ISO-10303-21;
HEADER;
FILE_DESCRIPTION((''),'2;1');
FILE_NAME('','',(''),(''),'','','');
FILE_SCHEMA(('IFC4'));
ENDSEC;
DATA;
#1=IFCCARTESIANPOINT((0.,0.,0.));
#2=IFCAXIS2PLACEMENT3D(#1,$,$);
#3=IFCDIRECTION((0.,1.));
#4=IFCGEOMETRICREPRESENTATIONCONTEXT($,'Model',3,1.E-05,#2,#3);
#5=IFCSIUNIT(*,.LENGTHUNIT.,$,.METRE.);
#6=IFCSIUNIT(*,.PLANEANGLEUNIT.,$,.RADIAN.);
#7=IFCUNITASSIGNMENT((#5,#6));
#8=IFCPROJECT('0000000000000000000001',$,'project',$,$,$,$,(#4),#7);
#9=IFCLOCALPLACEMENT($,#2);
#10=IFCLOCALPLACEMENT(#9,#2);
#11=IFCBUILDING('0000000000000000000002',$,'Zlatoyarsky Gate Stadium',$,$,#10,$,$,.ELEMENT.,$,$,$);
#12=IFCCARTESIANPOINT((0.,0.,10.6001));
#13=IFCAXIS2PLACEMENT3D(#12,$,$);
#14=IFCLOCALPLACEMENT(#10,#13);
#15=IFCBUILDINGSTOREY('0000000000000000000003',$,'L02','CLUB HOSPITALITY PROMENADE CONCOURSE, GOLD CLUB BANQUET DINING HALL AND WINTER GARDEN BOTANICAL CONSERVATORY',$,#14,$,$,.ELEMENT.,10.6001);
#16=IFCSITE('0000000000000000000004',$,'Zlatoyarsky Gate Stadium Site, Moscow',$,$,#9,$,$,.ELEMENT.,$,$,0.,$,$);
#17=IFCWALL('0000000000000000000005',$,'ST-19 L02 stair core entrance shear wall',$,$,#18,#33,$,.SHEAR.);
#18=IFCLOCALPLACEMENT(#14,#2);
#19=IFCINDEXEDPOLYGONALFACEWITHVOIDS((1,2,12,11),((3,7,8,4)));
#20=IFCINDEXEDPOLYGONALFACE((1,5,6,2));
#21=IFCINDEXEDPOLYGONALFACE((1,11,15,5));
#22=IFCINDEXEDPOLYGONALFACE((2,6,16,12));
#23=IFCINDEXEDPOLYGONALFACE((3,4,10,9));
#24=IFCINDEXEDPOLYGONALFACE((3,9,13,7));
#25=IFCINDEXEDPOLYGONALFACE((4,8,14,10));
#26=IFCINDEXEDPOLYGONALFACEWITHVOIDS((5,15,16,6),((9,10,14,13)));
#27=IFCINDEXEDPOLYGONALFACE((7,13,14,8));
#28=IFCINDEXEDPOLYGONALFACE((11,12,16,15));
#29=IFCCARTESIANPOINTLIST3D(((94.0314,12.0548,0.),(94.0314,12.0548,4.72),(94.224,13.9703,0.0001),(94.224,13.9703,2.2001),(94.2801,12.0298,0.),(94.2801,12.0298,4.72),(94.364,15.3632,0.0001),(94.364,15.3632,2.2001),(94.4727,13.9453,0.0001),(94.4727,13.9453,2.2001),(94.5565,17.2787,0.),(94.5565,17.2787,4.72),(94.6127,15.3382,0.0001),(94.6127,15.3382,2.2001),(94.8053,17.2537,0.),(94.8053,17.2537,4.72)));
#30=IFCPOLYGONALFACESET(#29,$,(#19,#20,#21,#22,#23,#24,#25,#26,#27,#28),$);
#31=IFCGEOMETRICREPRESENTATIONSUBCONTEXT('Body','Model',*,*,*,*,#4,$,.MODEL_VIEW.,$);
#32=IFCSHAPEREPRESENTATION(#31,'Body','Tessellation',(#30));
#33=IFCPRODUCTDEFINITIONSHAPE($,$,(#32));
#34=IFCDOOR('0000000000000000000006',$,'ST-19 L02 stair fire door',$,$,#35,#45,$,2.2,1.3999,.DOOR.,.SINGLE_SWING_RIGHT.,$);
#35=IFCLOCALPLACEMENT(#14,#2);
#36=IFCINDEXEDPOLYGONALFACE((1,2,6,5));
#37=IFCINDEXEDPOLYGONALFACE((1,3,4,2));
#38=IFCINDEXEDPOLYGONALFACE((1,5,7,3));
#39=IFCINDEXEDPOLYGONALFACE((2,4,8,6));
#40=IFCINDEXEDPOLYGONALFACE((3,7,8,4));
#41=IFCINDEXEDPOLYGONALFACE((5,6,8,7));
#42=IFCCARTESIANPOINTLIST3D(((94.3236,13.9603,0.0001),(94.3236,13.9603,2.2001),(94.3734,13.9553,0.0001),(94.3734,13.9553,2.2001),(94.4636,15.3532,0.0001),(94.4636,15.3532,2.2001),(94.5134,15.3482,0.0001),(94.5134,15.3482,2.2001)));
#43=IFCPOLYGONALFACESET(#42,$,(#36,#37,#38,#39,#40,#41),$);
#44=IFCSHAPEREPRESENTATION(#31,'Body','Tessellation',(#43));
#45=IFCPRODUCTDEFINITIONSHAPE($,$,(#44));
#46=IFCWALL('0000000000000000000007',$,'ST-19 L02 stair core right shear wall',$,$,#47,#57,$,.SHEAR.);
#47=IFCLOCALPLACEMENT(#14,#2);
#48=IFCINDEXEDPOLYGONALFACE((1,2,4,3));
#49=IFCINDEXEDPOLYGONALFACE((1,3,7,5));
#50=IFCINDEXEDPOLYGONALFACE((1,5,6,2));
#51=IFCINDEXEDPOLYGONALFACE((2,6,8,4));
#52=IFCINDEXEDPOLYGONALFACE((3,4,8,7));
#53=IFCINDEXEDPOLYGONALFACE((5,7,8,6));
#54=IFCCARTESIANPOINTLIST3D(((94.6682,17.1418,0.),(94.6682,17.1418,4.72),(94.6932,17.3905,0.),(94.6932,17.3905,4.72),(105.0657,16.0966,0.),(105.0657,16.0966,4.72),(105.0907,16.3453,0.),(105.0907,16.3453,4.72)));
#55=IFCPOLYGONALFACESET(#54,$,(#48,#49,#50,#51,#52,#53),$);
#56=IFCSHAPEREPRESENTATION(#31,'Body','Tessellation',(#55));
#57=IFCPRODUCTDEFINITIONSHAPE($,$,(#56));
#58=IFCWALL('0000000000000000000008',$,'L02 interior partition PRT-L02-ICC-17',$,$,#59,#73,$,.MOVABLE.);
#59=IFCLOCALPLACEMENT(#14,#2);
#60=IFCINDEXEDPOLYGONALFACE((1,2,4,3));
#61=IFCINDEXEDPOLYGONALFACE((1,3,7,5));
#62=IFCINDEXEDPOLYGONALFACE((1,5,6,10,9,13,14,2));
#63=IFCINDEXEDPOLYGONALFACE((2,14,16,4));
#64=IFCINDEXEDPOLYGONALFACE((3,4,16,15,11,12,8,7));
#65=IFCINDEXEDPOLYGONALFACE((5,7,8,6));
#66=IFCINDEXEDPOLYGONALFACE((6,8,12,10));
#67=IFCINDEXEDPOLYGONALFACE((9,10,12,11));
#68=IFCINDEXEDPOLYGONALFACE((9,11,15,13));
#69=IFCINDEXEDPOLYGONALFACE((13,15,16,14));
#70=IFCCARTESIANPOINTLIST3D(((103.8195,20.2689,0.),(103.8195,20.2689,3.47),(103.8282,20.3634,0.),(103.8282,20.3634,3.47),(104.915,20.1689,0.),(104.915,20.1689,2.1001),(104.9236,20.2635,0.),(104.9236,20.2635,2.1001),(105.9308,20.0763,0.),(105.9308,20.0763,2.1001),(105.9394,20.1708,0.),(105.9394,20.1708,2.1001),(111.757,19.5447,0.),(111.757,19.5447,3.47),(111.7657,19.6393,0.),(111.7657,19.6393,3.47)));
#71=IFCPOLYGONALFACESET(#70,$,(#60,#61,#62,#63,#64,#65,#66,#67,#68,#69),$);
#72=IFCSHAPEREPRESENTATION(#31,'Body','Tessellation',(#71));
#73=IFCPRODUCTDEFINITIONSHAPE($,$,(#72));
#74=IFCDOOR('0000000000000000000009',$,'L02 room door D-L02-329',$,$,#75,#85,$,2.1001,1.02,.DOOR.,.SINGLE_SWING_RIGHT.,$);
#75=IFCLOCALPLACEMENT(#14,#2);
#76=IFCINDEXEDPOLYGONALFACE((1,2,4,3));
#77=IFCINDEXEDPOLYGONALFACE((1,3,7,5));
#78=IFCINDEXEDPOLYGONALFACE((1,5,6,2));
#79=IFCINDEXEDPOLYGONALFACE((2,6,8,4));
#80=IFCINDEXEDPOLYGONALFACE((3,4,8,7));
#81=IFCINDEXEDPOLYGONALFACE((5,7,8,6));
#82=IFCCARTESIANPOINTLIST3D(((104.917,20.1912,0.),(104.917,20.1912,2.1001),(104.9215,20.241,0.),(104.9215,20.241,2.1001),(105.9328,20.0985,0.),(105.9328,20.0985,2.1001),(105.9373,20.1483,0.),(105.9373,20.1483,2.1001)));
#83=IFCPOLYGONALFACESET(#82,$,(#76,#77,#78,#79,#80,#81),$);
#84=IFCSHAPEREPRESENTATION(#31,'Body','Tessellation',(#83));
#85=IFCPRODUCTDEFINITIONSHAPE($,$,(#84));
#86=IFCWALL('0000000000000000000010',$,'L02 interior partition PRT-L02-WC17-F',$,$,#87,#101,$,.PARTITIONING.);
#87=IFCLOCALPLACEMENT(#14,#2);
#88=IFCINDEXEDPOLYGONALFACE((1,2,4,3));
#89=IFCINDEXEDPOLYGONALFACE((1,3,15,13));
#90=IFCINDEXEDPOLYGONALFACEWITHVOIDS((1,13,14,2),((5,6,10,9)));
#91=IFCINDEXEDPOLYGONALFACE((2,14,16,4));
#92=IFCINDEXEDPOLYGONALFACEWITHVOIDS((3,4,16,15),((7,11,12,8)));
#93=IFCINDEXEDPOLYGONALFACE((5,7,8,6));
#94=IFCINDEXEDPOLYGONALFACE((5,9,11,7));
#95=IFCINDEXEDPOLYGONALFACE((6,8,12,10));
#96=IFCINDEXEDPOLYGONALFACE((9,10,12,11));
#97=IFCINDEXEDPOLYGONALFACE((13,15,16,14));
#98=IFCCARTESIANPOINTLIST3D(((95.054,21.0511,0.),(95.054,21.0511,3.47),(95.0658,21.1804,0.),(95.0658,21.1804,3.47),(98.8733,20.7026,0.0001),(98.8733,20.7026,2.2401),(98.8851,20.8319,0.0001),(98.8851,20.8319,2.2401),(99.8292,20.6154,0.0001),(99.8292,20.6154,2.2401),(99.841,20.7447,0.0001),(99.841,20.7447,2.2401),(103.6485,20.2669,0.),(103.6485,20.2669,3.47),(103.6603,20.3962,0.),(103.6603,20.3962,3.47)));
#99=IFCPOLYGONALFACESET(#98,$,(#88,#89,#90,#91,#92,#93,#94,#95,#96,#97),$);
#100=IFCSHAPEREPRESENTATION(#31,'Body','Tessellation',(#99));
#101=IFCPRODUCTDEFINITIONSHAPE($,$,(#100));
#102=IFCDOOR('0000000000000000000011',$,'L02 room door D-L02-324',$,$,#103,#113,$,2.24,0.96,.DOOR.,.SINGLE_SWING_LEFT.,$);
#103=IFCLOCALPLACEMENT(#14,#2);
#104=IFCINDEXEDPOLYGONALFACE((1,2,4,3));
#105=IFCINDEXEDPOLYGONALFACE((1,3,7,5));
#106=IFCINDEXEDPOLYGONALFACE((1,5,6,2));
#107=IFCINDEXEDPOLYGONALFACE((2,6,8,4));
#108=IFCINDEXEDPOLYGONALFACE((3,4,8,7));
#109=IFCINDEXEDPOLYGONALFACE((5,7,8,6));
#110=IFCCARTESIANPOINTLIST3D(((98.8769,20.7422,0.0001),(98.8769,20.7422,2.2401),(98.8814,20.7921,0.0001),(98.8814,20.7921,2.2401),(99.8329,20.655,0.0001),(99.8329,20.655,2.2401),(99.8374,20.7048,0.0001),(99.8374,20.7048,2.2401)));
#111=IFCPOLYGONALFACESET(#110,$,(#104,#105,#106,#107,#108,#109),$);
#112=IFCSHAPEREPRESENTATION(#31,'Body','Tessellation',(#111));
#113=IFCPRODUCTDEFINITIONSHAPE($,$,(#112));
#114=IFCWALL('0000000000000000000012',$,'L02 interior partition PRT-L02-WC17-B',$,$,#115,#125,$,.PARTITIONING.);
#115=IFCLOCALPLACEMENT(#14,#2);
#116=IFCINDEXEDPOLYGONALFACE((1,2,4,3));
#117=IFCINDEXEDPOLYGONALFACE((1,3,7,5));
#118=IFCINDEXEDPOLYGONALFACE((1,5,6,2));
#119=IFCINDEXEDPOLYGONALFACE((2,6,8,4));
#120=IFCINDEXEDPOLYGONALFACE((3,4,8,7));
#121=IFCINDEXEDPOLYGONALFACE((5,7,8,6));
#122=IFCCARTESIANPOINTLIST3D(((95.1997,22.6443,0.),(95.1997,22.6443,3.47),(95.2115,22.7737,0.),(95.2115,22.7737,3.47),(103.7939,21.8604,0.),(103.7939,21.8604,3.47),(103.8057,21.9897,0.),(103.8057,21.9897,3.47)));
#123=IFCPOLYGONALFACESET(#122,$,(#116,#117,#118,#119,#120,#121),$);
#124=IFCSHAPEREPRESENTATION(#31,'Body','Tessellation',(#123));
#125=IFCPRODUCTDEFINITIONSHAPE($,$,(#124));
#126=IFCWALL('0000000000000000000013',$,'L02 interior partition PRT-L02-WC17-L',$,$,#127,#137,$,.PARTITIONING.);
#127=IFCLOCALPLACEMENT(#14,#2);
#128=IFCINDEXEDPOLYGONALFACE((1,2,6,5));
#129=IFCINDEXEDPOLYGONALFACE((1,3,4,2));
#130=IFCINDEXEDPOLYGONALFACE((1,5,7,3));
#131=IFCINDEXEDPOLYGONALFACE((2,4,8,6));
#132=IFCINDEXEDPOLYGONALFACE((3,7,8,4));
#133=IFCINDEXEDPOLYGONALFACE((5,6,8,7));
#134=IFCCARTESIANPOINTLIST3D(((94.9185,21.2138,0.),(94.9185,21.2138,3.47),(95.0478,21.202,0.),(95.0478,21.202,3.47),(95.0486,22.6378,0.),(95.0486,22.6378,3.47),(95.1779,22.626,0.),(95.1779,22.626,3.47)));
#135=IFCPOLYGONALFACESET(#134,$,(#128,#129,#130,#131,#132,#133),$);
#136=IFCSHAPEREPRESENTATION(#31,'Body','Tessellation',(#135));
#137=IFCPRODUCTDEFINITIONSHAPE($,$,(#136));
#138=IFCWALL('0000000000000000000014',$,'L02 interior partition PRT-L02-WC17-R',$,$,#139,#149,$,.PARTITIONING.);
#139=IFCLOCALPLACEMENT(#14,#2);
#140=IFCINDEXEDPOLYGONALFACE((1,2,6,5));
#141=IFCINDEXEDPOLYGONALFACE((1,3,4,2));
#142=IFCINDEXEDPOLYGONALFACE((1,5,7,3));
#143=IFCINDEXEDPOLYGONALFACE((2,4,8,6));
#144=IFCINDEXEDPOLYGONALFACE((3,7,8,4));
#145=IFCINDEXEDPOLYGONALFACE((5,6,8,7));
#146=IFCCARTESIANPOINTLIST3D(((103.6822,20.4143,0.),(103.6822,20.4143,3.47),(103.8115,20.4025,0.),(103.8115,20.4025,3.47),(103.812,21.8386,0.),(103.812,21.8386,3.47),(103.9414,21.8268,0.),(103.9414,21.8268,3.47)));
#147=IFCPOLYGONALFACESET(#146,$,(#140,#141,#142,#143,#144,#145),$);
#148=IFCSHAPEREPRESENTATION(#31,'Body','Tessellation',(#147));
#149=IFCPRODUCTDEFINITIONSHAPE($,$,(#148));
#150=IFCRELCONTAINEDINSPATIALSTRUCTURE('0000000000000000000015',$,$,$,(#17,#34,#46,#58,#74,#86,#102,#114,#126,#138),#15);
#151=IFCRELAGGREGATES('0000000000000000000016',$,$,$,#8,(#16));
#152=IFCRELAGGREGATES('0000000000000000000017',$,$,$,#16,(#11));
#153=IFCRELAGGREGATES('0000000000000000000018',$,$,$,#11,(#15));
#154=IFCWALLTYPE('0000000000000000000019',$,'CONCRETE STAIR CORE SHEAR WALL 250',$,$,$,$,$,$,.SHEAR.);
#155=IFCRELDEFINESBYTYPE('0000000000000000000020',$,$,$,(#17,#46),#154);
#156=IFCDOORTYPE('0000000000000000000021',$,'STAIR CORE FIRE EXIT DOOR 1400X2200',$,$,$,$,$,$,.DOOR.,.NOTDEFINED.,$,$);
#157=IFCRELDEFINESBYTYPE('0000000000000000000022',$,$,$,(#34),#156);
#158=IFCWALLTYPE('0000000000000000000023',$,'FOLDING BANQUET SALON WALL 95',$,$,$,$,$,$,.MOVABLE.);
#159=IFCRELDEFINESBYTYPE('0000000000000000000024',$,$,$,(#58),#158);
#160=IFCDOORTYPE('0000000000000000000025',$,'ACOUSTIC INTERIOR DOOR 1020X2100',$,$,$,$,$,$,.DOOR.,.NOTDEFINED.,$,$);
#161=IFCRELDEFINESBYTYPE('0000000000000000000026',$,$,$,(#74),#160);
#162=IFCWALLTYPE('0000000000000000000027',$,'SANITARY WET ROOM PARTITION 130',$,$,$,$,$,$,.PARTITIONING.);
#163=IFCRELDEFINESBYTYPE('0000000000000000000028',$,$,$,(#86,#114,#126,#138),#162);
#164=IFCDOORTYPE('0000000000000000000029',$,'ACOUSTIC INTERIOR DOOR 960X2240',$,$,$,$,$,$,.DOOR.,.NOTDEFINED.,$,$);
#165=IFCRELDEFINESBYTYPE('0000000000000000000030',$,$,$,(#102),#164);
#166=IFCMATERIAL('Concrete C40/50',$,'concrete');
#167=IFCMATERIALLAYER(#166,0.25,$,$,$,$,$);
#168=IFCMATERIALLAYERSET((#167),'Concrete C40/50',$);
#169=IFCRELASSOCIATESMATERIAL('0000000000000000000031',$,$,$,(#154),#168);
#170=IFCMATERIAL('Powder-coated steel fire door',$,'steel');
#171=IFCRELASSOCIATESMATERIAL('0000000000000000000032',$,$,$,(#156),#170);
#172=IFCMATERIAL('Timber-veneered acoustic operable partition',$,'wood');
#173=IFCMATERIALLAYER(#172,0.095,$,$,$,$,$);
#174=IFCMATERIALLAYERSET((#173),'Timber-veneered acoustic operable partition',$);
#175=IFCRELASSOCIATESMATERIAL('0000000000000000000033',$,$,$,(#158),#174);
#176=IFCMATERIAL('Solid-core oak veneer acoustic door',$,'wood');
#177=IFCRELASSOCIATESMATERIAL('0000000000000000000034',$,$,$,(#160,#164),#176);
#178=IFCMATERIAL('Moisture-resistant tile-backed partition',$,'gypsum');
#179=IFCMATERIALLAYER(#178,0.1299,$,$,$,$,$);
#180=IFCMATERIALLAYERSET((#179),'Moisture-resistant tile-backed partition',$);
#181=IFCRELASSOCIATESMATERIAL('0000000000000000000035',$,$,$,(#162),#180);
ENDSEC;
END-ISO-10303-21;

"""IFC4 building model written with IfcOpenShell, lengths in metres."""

from ifc_helpers import new_model, si_unit, direction, frame, frame_2d, origin, place, context, subcontext, project, spatial, rectangle, extrude, material, layer, layer_set, type_object, element, fill, save


model = new_model("IFC4")

# Units and contexts
model_context = context("Model", 3, precision=1e-05, world=origin(), true_north=direction((0.0, 1.0)))
body_context = subcontext(model_context, "Body", "Model", "MODEL_VIEW")
ifc_project = project(units=[si_unit("LENGTHUNIT", "METRE"), si_unit("PLANEANGLEUNIT", "RADIAN")], contexts=[model_context])

# Site, building, storey
site_placement = place(None, origin())
site = spatial("IfcSite", under=ifc_project, at=site_placement, Name="Zlatoyarsky Gate Stadium Site, Moscow", CompositionType="ELEMENT", RefElevation=0.0)
building_placement = place(site_placement, origin())
building = spatial("IfcBuilding", under=site, at=building_placement, Name="Zlatoyarsky Gate Stadium", CompositionType="ELEMENT")
storey_placement = place(building_placement, frame((0.0, 0.0, 10.6001)))
storey = spatial("IfcBuildingStorey", under=building, at=storey_placement, Name="L02", Description="CLUB HOSPITALITY PROMENADE CONCOURSE, GOLD CLUB BANQUET DINING HALL AND WINTER GARDEN BOTANICAL CONSERVATORY", CompositionType="ELEMENT", Elevation=10.6001)

# Shared definitions
ifc_material_1 = material(Name="Concrete C40/50", Category="concrete")

# Shared definitions
ifc_material_2 = material(Name="Powder-coated steel fire door", Category="steel")

# Wall, opening, door
ifc_layer_1 = layer(ifc_material_1, 0.25)
ifc_layer_set_1 = layer_set([ifc_layer_1], Name="Concrete C40/50")
wall_type_1 = type_object("IfcWallType", Name="CONCRETE STAIR CORE SHEAR WALL 250", PredefinedType="SHEAR", material=ifc_layer_set_1)
wall_1_placement = place(storey_placement, frame((94.6809, 17.2661, 0.0), z_axis=(0.0, 0.0, 1.0), x_axis=(-0.100024, -0.994985, 0.0)))
wall_1 = element("IfcWall", 1, at=wall_1_placement, inside=storey, type_object=wall_type_1, Name="ST-19 L02 stair core entrance shear wall", PredefinedType="SHEAR", context=body_context, shape_type="SweptSolid", body=[
    extrude(rectangle(XDim=5.2502, YDim=0.25, at=frame_2d((2.625, 0.0))), origin(), (0.0, 0.0, 1.0), 4.72),
])
opening_1_placement = place(wall_1_placement, frame((1.925, 0.0, 0.0)))
opening_1 = element("IfcOpeningElement", 2, at=opening_1_placement, cuts=wall_1, PredefinedType="OPENING", context=body_context, shape_type="SweptSolid", body=[
    extrude(rectangle(XDim=1.3999, YDim=2.2, at=frame_2d((0.7, 1.1001))), frame((0.0, 0.135, 0.0), z_axis=(0.0, -1.0, 0.0), x_axis=(1.0, 0.0, 0.0)), (0.0, 0.0, 1.0), 0.27),
])
door_type_1 = type_object("IfcDoorType", Name="STAIR CORE FIRE EXIT DOOR 1400X2200", OperationType="NOTDEFINED", PredefinedType="DOOR", material=ifc_material_2)
door_1_placement = place(opening_1_placement, frame((1.3999, 0.0, 0.0), z_axis=(0.0, 0.0, 1.0), x_axis=(-1.0, 0.0, 0.0)))
door_1 = element("IfcDoor", 3, at=door_1_placement, inside=storey, type_object=door_type_1, Name="ST-19 L02 stair fire door", OperationType="SINGLE_SWING_RIGHT", OverallHeight=2.2, OverallWidth=1.3999, PredefinedType="DOOR", context=body_context, shape_type="SweptSolid", body=[
    extrude(rectangle(XDim=1.3999, YDim=2.2, at=frame_2d((0.7, 1.1001))), frame((0.0, 0.0249, 0.0), z_axis=(0.0, -1.0, 0.0), x_axis=(1.0, 0.0, 0.0)), (0.0, 0.0, 1.0), 0.05),
])
fill(opening_1, door_1)

# Wall
wall_2_placement = place(storey_placement, frame((105.0784, 16.2209, 0.0), z_axis=(0.0, 0.0, 1.0), x_axis=(-0.994986, 0.100017, 0.0)))
element("IfcWall", 4, at=wall_2_placement, inside=storey, type_object=wall_type_1, Name="ST-19 L02 stair core right shear wall", PredefinedType="SHEAR", context=body_context, shape_type="SweptSolid", body=[
    extrude(rectangle(XDim=10.45, YDim=0.25, at=frame_2d((5.2251, 0.0))), origin(), (0.0, 0.0, 1.0), 4.72),
])

# Walls, openings, doors
ifc_material_3 = material(Name="Timber-veneered acoustic operable partition", Category="wood")
ifc_layer_2 = layer(ifc_material_3, 0.095)
ifc_layer_set_2 = layer_set([ifc_layer_2], Name="Timber-veneered acoustic operable partition")
wall_type_2 = type_object("IfcWallType", Name="FOLDING BANQUET SALON WALL 95", PredefinedType="MOVABLE", material=ifc_layer_set_2)
wall_3_placement = place(storey_placement, frame((103.8237, 20.3162, 0.0), z_axis=(0.0, 0.0, 1.0), x_axis=(0.995865, -0.090851, 0.0)))
wall_3 = element("IfcWall", 5, at=wall_3_placement, inside=storey, type_object=wall_type_2, Name="L02 interior partition PRT-L02-ICC-17", PredefinedType="MOVABLE", context=body_context, shape_type="SweptSolid", body=[
    extrude(rectangle(XDim=7.9705, YDim=0.095, at=frame_2d((3.9854, 0.0))), origin(), (0.0, 0.0, 1.0), 3.47),
])
opening_2_placement = place(wall_3_placement, frame((1.1001, 0.0, 0.0)))
opening_2 = element("IfcOpeningElement", 6, at=opening_2_placement, cuts=wall_3, PredefinedType="OPENING", context=body_context, shape_type="SweptSolid", body=[
    extrude(rectangle(XDim=1.02, YDim=2.1001, at=frame_2d((0.51, 1.05))), frame((0.0, 0.0574, 0.0), z_axis=(0.0, -1.0, 0.0), x_axis=(1.0, 0.0, 0.0)), (0.0, 0.0, 1.0), 0.115),
])
ifc_material_4 = material(Name="Solid-core oak veneer acoustic door", Category="wood")
door_type_2 = type_object("IfcDoorType", Name="ACOUSTIC INTERIOR DOOR 1020X2100", OperationType="NOTDEFINED", PredefinedType="DOOR", material=ifc_material_4)
door_2_placement = place(opening_2_placement, origin())
door_2 = element("IfcDoor", 7, at=door_2_placement, inside=storey, type_object=door_type_2, Name="L02 room door D-L02-329", OperationType="SINGLE_SWING_RIGHT", OverallHeight=2.1001, OverallWidth=1.02, PredefinedType="DOOR", context=body_context, shape_type="SweptSolid", body=[
    extrude(rectangle(XDim=1.02, YDim=2.1001, at=frame_2d((0.51, 1.05))), frame((0.0, 0.0249, 0.0), z_axis=(0.0, -1.0, 0.0), x_axis=(1.0, 0.0, 0.0)), (0.0, 0.0, 1.0), 0.05),
])
fill(opening_2, door_2)
ifc_material_5 = material(Name="Moisture-resistant tile-backed partition", Category="gypsum")
ifc_layer_3 = layer(ifc_material_5, 0.1299)
ifc_layer_set_3 = layer_set([ifc_layer_3], Name="Moisture-resistant tile-backed partition")
wall_type_3 = type_object("IfcWallType", Name="SANITARY WET ROOM PARTITION 130", PredefinedType="PARTITIONING", material=ifc_layer_set_3)
wall_4_placement = place(storey_placement, frame((95.0601, 21.1157, 0.0), z_axis=(0.0, 0.0, 1.0), x_axis=(0.995863, -0.090865, 0.0)))
wall_4 = element("IfcWall", 8, at=wall_4_placement, inside=storey, type_object=wall_type_3, Name="L02 interior partition PRT-L02-WC17-F", PredefinedType="PARTITIONING", context=body_context, shape_type="SweptSolid", body=[
    extrude(rectangle(XDim=8.6301, YDim=0.1299, at=frame_2d((4.3149, 0.0))), origin(), (0.0, 0.0, 1.0), 3.47),
])
opening_3_placement = place(wall_4_placement, frame((3.835, 0.0, 0.0)))
opening_3 = element("IfcOpeningElement", 9, at=opening_3_placement, cuts=wall_4, PredefinedType="OPENING", context=body_context, shape_type="SweptSolid", body=[
    extrude(rectangle(XDim=0.96, YDim=2.24, at=frame_2d((0.48, 1.1201))), frame((0.0, 0.075, 0.0), z_axis=(0.0, -1.0, 0.0), x_axis=(1.0, 0.0, 0.0)), (0.0, 0.0, 1.0), 0.1499),
])
door_type_3 = type_object("IfcDoorType", Name="ACOUSTIC INTERIOR DOOR 960X2240", OperationType="NOTDEFINED", PredefinedType="DOOR", material=ifc_material_4)
door_3_placement = place(opening_3_placement, origin())
door_3 = element("IfcDoor", 10, at=door_3_placement, inside=storey, type_object=door_type_3, Name="L02 room door D-L02-324", OperationType="SINGLE_SWING_LEFT", OverallHeight=2.24, OverallWidth=0.96, PredefinedType="DOOR", context=body_context, shape_type="SweptSolid", body=[
    extrude(rectangle(XDim=0.96, YDim=2.24, at=frame_2d((0.48, 1.1201))), frame((0.0, 0.0249, 0.0), z_axis=(0.0, -1.0, 0.0), x_axis=(1.0, 0.0, 0.0)), (0.0, 0.0, 1.0), 0.05),
])
fill(opening_3, door_3)

# Walls
wall_5_placement = place(storey_placement, frame((95.2056, 22.709, 0.0), z_axis=(0.0, 0.0, 1.0), x_axis=(0.995866, -0.090839, 0.0)))
element("IfcWall", 11, at=wall_5_placement, inside=storey, type_object=wall_type_3, Name="L02 interior partition PRT-L02-WC17-B", PredefinedType="PARTITIONING", context=body_context, shape_type="SweptSolid", body=[
    extrude(rectangle(XDim=8.6299, YDim=0.1299, at=frame_2d((4.3149, 0.0))), origin(), (0.0, 0.0, 1.0), 3.47),
])
wall_6_placement = place(storey_placement, frame((94.9832, 21.208, 0.0), z_axis=(0.0, 0.0, 1.0), x_axis=(0.090998, 0.995851, 0.0)))
element("IfcWall", 12, at=wall_6_placement, inside=storey, type_object=wall_type_3, Name="L02 interior partition PRT-L02-WC17-L", PredefinedType="PARTITIONING", context=body_context, shape_type="SweptSolid", body=[
    extrude(rectangle(XDim=1.4299, YDim=0.1299, at=frame_2d((0.7148, 0.0))), origin(), (0.0, 0.0, 1.0), 3.47),
])
wall_7_placement = place(storey_placement, frame((103.7468, 20.4084, 0.0), z_axis=(0.0, 0.0, 1.0), x_axis=(0.090813, 0.995868, 0.0)))
element("IfcWall", 13, at=wall_7_placement, inside=storey, type_object=wall_type_3, Name="L02 interior partition PRT-L02-WC17-R", PredefinedType="PARTITIONING", context=body_context, shape_type="SweptSolid", body=[
    extrude(rectangle(XDim=1.4302, YDim=0.1299, at=frame_2d((0.7151, 0.0))), origin(), (0.0, 0.0, 1.0), 3.47),
])

save(model, "model.ifc")
